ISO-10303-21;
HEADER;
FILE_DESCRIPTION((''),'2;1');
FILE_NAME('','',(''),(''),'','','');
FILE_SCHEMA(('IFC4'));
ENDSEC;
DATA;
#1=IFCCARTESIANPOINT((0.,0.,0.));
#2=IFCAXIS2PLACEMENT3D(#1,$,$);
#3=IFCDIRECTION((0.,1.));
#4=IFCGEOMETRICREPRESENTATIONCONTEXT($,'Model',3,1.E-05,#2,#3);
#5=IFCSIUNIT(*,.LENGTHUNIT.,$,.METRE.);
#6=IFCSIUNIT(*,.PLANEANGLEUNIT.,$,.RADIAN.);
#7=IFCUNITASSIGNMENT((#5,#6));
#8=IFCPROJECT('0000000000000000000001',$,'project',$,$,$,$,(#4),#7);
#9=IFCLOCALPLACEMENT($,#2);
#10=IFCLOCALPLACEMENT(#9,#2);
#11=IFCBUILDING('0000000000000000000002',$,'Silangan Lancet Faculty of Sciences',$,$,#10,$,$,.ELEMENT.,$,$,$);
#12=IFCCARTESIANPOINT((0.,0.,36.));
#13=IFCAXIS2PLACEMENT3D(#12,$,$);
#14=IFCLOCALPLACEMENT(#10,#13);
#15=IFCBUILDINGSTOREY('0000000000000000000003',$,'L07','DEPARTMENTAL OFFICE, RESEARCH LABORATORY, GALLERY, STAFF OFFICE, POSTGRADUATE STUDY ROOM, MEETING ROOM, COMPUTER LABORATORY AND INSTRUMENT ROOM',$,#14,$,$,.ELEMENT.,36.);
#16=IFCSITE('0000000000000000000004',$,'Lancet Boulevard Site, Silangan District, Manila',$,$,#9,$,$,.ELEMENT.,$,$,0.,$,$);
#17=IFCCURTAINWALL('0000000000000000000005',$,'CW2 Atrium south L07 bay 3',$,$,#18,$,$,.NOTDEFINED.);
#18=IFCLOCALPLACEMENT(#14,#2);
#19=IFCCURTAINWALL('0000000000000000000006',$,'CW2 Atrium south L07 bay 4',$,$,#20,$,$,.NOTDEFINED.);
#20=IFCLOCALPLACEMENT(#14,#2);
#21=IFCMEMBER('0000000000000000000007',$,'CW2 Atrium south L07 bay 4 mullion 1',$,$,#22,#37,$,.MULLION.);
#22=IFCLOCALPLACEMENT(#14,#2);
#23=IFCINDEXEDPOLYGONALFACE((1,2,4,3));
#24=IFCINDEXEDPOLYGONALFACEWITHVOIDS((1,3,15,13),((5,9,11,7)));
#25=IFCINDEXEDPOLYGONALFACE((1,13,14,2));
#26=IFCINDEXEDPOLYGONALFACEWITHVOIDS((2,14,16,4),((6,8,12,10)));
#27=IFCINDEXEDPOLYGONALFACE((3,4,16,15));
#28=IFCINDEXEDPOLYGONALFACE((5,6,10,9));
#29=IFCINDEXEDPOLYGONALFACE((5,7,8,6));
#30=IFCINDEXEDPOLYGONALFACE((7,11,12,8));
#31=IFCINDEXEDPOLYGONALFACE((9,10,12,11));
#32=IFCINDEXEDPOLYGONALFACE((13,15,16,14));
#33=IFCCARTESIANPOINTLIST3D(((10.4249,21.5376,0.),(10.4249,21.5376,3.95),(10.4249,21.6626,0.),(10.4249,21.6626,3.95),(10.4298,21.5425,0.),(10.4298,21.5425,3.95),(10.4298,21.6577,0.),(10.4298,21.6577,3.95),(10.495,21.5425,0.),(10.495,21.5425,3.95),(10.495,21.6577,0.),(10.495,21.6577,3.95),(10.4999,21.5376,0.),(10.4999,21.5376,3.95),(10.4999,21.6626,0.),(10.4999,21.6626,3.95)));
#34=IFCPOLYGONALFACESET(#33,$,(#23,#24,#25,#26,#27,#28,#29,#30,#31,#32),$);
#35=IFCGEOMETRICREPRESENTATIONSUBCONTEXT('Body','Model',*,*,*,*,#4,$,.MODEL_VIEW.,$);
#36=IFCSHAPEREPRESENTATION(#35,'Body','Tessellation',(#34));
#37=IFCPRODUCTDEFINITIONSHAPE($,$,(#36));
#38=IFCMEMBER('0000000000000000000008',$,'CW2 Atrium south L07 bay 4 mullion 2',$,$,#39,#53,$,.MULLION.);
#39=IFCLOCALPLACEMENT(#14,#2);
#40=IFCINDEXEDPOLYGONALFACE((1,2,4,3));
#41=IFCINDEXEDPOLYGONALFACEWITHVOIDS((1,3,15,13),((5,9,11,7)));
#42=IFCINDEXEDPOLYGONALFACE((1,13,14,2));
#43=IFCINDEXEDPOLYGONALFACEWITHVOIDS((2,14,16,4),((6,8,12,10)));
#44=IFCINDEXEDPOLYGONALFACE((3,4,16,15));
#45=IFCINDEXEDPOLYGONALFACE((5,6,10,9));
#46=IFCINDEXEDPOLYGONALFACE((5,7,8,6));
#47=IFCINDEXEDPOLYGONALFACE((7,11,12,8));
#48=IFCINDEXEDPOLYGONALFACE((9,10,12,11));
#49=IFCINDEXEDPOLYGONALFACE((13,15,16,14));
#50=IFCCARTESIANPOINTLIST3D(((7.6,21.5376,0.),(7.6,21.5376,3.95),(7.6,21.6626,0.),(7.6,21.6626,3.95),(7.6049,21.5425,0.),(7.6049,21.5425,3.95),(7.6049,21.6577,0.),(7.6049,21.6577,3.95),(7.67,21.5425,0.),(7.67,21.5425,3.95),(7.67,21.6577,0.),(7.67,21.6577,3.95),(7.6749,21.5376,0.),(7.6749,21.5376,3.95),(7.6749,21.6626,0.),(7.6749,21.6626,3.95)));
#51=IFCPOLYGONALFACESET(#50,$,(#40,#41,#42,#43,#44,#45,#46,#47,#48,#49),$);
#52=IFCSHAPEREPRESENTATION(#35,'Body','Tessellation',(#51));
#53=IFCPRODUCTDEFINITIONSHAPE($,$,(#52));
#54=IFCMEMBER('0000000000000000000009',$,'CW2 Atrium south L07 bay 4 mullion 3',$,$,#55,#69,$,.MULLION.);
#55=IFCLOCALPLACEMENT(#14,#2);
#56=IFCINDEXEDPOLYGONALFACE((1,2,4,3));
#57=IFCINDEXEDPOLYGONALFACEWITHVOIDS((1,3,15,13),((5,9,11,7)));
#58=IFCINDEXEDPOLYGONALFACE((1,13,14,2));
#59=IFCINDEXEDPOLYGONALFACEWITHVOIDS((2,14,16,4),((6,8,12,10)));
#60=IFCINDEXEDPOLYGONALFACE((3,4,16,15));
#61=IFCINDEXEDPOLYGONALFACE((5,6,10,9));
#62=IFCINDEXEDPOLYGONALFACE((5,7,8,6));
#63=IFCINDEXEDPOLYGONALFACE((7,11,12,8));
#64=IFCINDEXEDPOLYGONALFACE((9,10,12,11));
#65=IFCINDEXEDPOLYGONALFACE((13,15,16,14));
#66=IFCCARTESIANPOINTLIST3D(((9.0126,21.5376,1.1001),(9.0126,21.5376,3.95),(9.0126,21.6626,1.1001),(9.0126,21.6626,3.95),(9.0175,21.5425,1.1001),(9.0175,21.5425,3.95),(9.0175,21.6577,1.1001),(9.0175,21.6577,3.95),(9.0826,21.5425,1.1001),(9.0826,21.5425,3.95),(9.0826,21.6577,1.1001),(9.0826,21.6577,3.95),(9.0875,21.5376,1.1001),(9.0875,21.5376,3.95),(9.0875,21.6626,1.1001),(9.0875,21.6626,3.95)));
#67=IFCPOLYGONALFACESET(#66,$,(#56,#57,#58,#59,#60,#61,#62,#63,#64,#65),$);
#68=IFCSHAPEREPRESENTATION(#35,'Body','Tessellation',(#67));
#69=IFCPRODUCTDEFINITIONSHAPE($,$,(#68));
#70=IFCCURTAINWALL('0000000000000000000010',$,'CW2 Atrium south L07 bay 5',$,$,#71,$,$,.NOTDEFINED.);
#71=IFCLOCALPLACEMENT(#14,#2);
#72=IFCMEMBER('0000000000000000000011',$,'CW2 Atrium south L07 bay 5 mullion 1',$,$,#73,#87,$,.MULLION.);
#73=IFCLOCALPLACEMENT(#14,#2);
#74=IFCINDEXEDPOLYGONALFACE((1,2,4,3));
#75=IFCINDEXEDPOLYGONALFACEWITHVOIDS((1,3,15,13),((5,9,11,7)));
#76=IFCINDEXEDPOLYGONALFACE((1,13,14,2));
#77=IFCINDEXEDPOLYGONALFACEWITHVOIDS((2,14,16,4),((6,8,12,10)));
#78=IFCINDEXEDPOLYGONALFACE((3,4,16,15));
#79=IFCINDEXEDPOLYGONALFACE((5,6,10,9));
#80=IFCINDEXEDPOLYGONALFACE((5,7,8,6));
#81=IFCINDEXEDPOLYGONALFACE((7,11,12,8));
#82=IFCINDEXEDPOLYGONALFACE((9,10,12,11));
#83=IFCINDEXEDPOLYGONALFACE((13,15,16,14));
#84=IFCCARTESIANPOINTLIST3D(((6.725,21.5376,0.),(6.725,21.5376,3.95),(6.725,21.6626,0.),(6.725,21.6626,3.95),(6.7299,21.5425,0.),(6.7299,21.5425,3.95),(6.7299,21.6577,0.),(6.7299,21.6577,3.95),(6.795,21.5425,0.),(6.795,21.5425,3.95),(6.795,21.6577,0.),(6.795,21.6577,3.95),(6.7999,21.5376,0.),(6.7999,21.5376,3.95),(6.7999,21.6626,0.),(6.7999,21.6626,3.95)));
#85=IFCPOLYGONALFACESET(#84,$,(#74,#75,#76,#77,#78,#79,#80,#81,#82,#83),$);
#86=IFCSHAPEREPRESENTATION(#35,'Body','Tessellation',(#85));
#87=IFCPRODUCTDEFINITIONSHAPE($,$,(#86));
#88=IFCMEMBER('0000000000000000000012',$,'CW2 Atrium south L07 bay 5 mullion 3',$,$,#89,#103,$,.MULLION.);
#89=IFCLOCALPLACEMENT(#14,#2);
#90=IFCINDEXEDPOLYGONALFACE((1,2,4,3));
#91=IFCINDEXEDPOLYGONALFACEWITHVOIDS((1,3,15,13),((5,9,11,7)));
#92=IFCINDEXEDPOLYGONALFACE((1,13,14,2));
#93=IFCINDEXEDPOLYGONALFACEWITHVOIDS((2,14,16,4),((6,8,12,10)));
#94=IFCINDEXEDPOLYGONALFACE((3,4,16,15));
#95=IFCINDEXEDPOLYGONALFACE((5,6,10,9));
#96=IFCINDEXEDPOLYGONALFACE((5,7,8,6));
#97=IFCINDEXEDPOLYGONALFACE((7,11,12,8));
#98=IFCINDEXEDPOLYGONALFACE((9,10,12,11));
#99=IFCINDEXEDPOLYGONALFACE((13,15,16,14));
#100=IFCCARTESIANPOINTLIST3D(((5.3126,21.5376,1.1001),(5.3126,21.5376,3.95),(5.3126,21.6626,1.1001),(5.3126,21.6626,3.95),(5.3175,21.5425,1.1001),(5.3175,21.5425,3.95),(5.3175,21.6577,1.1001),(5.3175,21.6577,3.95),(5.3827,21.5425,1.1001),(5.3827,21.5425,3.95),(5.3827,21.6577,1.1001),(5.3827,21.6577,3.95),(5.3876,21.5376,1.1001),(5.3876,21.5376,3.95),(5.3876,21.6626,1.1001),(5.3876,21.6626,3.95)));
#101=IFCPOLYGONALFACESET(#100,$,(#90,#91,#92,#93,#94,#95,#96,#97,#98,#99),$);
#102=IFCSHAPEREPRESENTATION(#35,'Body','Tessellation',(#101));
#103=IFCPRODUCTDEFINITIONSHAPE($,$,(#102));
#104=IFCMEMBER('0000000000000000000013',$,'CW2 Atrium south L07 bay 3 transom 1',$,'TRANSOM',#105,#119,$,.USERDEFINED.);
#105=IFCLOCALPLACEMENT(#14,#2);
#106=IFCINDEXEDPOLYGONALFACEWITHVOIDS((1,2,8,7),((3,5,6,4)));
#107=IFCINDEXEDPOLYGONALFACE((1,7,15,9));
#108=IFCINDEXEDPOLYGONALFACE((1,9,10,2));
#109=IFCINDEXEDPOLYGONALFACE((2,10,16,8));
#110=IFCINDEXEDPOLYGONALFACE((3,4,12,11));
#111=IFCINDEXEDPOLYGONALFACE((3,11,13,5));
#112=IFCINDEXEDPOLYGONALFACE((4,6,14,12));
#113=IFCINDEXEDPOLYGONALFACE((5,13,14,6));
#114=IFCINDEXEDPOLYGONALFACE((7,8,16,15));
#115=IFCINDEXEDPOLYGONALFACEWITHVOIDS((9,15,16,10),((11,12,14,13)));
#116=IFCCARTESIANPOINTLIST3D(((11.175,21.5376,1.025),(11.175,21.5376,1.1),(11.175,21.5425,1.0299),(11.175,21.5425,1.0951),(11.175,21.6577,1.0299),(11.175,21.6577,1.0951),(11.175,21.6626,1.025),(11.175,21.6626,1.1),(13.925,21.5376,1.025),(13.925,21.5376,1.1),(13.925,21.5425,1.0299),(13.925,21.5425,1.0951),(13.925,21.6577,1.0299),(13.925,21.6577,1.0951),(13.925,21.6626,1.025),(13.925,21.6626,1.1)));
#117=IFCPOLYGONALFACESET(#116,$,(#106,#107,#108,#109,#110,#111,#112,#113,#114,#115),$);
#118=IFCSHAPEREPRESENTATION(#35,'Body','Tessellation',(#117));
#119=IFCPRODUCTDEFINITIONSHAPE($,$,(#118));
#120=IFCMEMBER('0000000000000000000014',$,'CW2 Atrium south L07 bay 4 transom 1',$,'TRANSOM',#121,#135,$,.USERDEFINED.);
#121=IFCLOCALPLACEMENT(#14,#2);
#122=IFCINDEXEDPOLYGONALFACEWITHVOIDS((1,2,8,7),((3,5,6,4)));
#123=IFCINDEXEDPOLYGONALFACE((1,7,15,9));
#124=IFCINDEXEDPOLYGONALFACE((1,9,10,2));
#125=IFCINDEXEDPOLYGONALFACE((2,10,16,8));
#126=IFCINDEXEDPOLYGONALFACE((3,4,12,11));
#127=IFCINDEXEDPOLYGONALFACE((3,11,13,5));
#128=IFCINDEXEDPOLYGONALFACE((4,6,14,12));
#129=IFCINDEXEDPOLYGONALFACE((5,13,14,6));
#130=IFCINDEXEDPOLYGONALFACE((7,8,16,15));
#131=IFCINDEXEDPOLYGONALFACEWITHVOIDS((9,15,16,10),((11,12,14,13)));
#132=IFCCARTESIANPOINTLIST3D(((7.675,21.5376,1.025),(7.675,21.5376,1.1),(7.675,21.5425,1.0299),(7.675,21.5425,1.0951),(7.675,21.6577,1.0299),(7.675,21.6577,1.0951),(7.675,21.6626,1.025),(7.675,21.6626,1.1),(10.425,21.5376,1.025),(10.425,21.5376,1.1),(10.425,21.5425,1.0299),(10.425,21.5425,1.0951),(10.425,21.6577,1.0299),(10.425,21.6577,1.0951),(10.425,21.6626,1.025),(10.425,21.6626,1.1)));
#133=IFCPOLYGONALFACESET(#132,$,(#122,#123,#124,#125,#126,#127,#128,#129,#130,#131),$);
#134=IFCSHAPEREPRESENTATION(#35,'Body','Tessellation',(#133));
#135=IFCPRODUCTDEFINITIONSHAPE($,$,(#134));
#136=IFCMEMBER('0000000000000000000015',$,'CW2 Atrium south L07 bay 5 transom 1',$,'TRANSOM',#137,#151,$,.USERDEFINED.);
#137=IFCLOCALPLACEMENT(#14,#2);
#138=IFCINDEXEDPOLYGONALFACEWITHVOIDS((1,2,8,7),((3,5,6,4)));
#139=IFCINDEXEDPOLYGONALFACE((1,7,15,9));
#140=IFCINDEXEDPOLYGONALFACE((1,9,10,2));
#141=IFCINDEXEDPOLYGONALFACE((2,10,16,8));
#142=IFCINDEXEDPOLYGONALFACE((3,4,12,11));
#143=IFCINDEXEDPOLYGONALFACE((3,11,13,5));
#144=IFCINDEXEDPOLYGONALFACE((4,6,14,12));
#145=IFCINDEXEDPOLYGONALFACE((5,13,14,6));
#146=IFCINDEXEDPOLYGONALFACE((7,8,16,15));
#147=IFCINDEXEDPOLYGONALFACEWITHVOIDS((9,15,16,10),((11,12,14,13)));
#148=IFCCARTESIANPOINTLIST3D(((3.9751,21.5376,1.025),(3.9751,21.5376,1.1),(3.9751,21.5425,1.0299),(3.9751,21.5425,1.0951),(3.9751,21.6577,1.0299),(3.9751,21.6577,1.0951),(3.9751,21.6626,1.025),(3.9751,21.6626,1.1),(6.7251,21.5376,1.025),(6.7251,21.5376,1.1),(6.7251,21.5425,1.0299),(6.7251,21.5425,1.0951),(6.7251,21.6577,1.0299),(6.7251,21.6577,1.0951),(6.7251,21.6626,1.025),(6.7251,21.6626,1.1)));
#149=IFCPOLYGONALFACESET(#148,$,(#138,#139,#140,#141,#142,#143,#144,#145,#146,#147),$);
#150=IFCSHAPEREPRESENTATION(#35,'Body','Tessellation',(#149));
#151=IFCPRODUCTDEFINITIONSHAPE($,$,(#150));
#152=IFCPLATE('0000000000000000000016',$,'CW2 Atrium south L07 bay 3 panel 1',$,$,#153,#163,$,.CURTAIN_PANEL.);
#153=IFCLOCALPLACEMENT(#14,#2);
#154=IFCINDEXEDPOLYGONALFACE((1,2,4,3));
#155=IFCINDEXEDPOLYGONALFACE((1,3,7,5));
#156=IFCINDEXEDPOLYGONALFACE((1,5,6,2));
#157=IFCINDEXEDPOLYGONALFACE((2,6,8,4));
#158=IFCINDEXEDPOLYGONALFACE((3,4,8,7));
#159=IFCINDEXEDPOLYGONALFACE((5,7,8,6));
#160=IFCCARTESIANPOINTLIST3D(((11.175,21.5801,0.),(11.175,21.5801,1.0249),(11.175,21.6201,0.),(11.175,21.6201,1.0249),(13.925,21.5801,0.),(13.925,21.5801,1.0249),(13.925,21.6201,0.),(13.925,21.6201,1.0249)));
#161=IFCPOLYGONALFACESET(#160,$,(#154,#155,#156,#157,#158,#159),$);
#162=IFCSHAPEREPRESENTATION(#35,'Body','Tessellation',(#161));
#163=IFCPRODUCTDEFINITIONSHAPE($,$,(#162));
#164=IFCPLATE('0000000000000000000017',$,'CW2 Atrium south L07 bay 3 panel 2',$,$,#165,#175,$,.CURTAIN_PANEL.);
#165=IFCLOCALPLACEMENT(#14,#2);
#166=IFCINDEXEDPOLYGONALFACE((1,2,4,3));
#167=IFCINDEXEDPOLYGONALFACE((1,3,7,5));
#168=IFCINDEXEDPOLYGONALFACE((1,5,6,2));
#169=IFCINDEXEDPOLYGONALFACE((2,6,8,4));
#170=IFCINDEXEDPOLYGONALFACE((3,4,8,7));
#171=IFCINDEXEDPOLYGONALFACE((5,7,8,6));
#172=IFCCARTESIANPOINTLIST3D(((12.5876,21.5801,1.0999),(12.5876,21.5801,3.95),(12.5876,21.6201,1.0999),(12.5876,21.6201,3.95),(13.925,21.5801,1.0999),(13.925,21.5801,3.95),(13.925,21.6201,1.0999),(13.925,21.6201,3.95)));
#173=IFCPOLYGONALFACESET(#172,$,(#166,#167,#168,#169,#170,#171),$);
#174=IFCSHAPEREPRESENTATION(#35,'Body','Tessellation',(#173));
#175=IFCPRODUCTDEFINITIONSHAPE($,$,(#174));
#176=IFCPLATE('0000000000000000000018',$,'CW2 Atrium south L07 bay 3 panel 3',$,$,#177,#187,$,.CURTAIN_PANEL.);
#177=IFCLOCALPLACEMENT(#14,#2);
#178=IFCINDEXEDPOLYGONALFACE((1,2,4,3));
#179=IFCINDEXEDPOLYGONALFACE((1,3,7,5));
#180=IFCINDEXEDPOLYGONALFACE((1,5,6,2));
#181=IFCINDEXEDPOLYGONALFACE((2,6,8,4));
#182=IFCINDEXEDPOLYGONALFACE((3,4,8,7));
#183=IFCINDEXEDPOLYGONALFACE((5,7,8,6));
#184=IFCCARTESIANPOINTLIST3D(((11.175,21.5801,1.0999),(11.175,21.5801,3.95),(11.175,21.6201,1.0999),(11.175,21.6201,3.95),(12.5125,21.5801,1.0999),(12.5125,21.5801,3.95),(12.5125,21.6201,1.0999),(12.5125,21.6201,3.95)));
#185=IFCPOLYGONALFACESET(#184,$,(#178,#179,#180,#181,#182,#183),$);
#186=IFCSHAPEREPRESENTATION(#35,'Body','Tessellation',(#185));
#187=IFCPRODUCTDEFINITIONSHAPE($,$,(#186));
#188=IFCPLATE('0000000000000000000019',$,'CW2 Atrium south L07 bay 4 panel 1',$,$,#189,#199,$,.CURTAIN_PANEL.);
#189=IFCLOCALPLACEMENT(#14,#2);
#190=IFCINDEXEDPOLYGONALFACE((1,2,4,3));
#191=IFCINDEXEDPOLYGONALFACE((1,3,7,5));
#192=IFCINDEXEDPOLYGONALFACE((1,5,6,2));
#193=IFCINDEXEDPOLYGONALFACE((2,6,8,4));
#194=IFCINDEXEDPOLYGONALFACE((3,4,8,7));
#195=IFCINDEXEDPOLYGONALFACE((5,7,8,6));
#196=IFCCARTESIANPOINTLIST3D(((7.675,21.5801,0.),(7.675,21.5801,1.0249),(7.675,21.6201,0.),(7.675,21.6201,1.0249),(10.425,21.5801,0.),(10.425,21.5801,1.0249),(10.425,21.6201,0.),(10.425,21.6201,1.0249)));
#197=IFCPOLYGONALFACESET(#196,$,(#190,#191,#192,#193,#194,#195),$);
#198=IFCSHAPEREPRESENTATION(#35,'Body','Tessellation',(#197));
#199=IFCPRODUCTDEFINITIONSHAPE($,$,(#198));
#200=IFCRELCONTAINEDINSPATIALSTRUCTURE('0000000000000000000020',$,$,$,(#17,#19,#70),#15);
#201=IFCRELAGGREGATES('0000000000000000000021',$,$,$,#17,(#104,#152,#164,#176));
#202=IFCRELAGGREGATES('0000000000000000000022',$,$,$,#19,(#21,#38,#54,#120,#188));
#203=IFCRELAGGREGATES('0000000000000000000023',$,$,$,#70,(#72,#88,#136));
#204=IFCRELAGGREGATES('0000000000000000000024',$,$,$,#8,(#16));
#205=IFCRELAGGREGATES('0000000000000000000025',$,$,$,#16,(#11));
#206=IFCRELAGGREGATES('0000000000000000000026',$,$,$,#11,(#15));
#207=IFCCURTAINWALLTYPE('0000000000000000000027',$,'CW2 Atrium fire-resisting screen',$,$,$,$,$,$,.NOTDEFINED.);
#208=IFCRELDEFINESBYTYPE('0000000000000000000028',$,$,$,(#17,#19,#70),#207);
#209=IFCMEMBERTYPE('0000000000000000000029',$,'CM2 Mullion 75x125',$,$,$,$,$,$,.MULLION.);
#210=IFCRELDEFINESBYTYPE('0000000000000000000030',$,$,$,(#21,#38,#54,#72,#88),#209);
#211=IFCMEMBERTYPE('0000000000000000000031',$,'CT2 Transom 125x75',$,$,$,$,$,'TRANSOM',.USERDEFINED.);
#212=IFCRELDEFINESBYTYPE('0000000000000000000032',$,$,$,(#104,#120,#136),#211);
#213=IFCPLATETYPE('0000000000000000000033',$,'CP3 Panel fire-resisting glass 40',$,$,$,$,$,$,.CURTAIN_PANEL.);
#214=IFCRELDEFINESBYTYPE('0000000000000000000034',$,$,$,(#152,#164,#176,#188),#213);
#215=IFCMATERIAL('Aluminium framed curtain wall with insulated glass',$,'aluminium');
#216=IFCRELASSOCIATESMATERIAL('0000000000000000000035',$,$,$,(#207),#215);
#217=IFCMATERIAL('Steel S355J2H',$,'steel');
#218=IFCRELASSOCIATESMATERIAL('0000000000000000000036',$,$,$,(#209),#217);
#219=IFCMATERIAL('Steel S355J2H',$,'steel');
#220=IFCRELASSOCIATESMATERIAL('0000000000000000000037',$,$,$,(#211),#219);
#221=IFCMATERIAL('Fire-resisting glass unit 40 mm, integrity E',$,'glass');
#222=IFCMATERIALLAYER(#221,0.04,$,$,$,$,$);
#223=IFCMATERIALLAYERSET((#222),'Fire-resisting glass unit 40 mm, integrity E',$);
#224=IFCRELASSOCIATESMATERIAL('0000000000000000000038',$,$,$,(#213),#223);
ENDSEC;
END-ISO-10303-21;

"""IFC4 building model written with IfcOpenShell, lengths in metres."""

from ifc_helpers import new_model, si_unit, direction, frame, origin, origin_2d, place, context, subcontext, project, spatial, rectangle, hollow_rectangle, extrude, material, layer, layer_set, material_profile, profile_set, type_object, element, aggregate, save


model = new_model("IFC4")

# Units and contexts
model_context = context("Model", 3, precision=1e-05, world=origin(), true_north=direction((0.0, 1.0)))
body_context = subcontext(model_context, "Body", "Model", "MODEL_VIEW")
ifc_project = project(units=[si_unit("LENGTHUNIT", "METRE"), si_unit("PLANEANGLEUNIT", "RADIAN")], contexts=[model_context])

# Site, building, storey
site_placement = place(None, origin())
site = spatial("IfcSite", under=ifc_project, at=site_placement, Name="Lancet Boulevard Site, Silangan District, Manila", CompositionType="ELEMENT", RefElevation=0.0)
building_placement = place(site_placement, origin())
building = spatial("IfcBuilding", under=site, at=building_placement, Name="Silangan Lancet Faculty of Sciences", CompositionType="ELEMENT")
storey_placement = place(building_placement, frame((0.0, 0.0, 36.0)))
storey = spatial("IfcBuildingStorey", under=building, at=storey_placement, Name="L07", Description="DEPARTMENTAL OFFICE, RESEARCH LABORATORY, GALLERY, STAFF OFFICE, POSTGRADUATE STUDY ROOM, MEETING ROOM, COMPUTER LABORATORY AND INSTRUMENT ROOM", CompositionType="ELEMENT", Elevation=36.0)

# Shared definitions
ifc_material_1 = material(Name="Aluminium framed curtain wall with insulated glass", Category="aluminium")
curtain_wall_type = type_object("IfcCurtainWallType", Name="CW2 Atrium fire-resisting screen", PredefinedType="NOTDEFINED", material=ifc_material_1)
ifc_material_2 = material(Name="Steel S355J2H", Category="steel")
ifc_material_profile_1 = material_profile(ifc_material_2, hollow_rectangle(XDim=0.075, YDim=0.125, WallThickness=0.0049, at=origin_2d()), Name="ST BOX 75x125x5")
ifc_profile_set_1 = profile_set([ifc_material_profile_1], Name="Steel S355J2H")
member_type_1 = type_object("IfcMemberType", Name="CM2 Mullion 75x125", PredefinedType="MULLION", material=ifc_profile_set_1)

# Curtain walls, members
curtain_wall_1_placement = place(storey_placement, origin())
curtain_wall_1 = element("IfcCurtainWall", 1, at=curtain_wall_1_placement, inside=storey, type_object=curtain_wall_type, Name="CW2 Atrium south L07 bay 3", PredefinedType="NOTDEFINED")
curtain_wall_2_placement = place(storey_placement, origin())
curtain_wall_2 = element("IfcCurtainWall", 2, at=curtain_wall_2_placement, inside=storey, type_object=curtain_wall_type, Name="CW2 Atrium south L07 bay 4", PredefinedType="NOTDEFINED")
member_1_placement = place(storey_placement, frame((10.4624, 21.6001, 0.0), z_axis=(0.0, 0.0, 1.0), x_axis=(-1.0, 0.0, 0.0)))
member_1 = element("IfcMember", 3, at=member_1_placement, type_object=member_type_1, Name="CW2 Atrium south L07 bay 4 mullion 1", PredefinedType="MULLION", context=body_context, shape_type="SweptSolid", body=[
    extrude(hollow_rectangle(XDim=0.075, YDim=0.125, WallThickness=0.0049, at=origin_2d()), origin(), (0.0, 0.0, 1.0), 3.95),
])
member_2_placement = place(storey_placement, frame((7.6375, 21.6001, 0.0), z_axis=(0.0, 0.0, 1.0), x_axis=(-1.0, 0.0, 0.0)))
member_2 = element("IfcMember", 4, at=member_2_placement, type_object=member_type_1, Name="CW2 Atrium south L07 bay 4 mullion 2", PredefinedType="MULLION", context=body_context, shape_type="SweptSolid", body=[
    extrude(hollow_rectangle(XDim=0.075, YDim=0.125, WallThickness=0.0049, at=origin_2d()), origin(), (0.0, 0.0, 1.0), 3.95),
])
member_3_placement = place(storey_placement, frame((9.05, 21.6001, 1.1001), z_axis=(0.0, 0.0, 1.0), x_axis=(-1.0, 0.0, 0.0)))
member_3 = element("IfcMember", 5, at=member_3_placement, type_object=member_type_1, Name="CW2 Atrium south L07 bay 4 mullion 3", PredefinedType="MULLION", context=body_context, shape_type="SweptSolid", body=[
    extrude(hollow_rectangle(XDim=0.075, YDim=0.125, WallThickness=0.0049, at=origin_2d()), origin(), (0.0, 0.0, 1.0), 2.8499),
])
curtain_wall_3_placement = place(storey_placement, origin())
curtain_wall_3 = element("IfcCurtainWall", 6, at=curtain_wall_3_placement, inside=storey, type_object=curtain_wall_type, Name="CW2 Atrium south L07 bay 5", PredefinedType="NOTDEFINED")
member_4_placement = place(storey_placement, frame((6.7625, 21.6001, 0.0), z_axis=(0.0, 0.0, 1.0), x_axis=(-1.0, 0.0, 0.0)))
member_4 = element("IfcMember", 7, at=member_4_placement, type_object=member_type_1, Name="CW2 Atrium south L07 bay 5 mullion 1", PredefinedType="MULLION", context=body_context, shape_type="SweptSolid", body=[
    extrude(hollow_rectangle(XDim=0.075, YDim=0.125, WallThickness=0.0049, at=origin_2d()), origin(), (0.0, 0.0, 1.0), 3.95),
])
member_5_placement = place(storey_placement, frame((5.3501, 21.6001, 1.1001), z_axis=(0.0, 0.0, 1.0), x_axis=(-1.0, 0.0, 0.0)))
member_5 = element("IfcMember", 8, at=member_5_placement, type_object=member_type_1, Name="CW2 Atrium south L07 bay 5 mullion 3", PredefinedType="MULLION", context=body_context, shape_type="SweptSolid", body=[
    extrude(hollow_rectangle(XDim=0.075, YDim=0.125, WallThickness=0.0049, at=origin_2d()), origin(), (0.0, 0.0, 1.0), 2.8499),
])

# Members
ifc_material_3 = material(Name="Steel S355J2H", Category="steel")
ifc_material_profile_2 = material_profile(ifc_material_3, hollow_rectangle(XDim=0.125, YDim=0.075, WallThickness=0.0049, at=origin_2d()), Name="ST BOX 125x75x5")
ifc_profile_set_2 = profile_set([ifc_material_profile_2], Name="Steel S355J2H")
member_type_2 = type_object("IfcMemberType", Name="CT2 Transom 125x75", ElementType="TRANSOM", PredefinedType="USERDEFINED", material=ifc_profile_set_2)
member_6_placement = place(storey_placement, frame((13.925, 21.6001, 1.0625), z_axis=(-1.0, 0.0, 0.0), x_axis=(0.0, -1.0, 0.0)))
member_6 = element("IfcMember", 9, at=member_6_placement, type_object=member_type_2, Name="CW2 Atrium south L07 bay 3 transom 1", ObjectType="TRANSOM", PredefinedType="USERDEFINED", context=body_context, shape_type="SweptSolid", body=[
    extrude(hollow_rectangle(XDim=0.125, YDim=0.075, WallThickness=0.0049, at=origin_2d()), origin(), (0.0, 0.0, 1.0), 2.75),
])
member_7_placement = place(storey_placement, frame((10.425, 21.6001, 1.0625), z_axis=(-1.0, 0.0, 0.0), x_axis=(0.0, -1.0, 0.0)))
member_7 = element("IfcMember", 10, at=member_7_placement, type_object=member_type_2, Name="CW2 Atrium south L07 bay 4 transom 1", ObjectType="TRANSOM", PredefinedType="USERDEFINED", context=body_context, shape_type="SweptSolid", body=[
    extrude(hollow_rectangle(XDim=0.125, YDim=0.075, WallThickness=0.0049, at=origin_2d()), origin(), (0.0, 0.0, 1.0), 2.75),
])
member_8_placement = place(storey_placement, frame((6.7251, 21.6001, 1.0625), z_axis=(-1.0, 0.0, 0.0), x_axis=(0.0, -1.0, 0.0)))
member_8 = element("IfcMember", 11, at=member_8_placement, type_object=member_type_2, Name="CW2 Atrium south L07 bay 5 transom 1", ObjectType="TRANSOM", PredefinedType="USERDEFINED", context=body_context, shape_type="SweptSolid", body=[
    extrude(hollow_rectangle(XDim=0.125, YDim=0.075, WallThickness=0.0049, at=origin_2d()), origin(), (0.0, 0.0, 1.0), 2.75),
])

# Plates
ifc_material_4 = material(Name="Fire-resisting glass unit 40 mm, integrity E", Category="glass")
ifc_layer_1 = layer(ifc_material_4, 0.04)
ifc_layer_set_1 = layer_set([ifc_layer_1], Name="Fire-resisting glass unit 40 mm, integrity E")
plate_type = type_object("IfcPlateType", Name="CP3 Panel fire-resisting glass 40", PredefinedType="CURTAIN_PANEL", material=ifc_layer_set_1)
plate_1_placement = place(storey_placement, frame((12.55, 21.6001, 0.0), z_axis=(0.0, 0.0, 1.0), x_axis=(-1.0, 0.0, 0.0)))
plate_1 = element("IfcPlate", 12, at=plate_1_placement, type_object=plate_type, Name="CW2 Atrium south L07 bay 3 panel 1", PredefinedType="CURTAIN_PANEL", context=body_context, shape_type="SweptSolid", body=[
    extrude(rectangle(XDim=2.75, YDim=0.04, at=origin_2d()), origin(), (0.0, 0.0, 1.0), 1.0249),
])
plate_2_placement = place(storey_placement, frame((13.2563, 21.6001, 1.0999), z_axis=(0.0, 0.0, 1.0), x_axis=(-1.0, 0.0, 0.0)))
plate_2 = element("IfcPlate", 13, at=plate_2_placement, type_object=plate_type, Name="CW2 Atrium south L07 bay 3 panel 2", PredefinedType="CURTAIN_PANEL", context=body_context, shape_type="SweptSolid", body=[
    extrude(rectangle(XDim=1.3374, YDim=0.04, at=origin_2d()), origin(), (0.0, 0.0, 1.0), 2.8501),
])
plate_3_placement = place(storey_placement, frame((11.8438, 21.6001, 1.0999), z_axis=(0.0, 0.0, 1.0), x_axis=(-1.0, 0.0, 0.0)))
plate_3 = element("IfcPlate", 14, at=plate_3_placement, type_object=plate_type, Name="CW2 Atrium south L07 bay 3 panel 3", PredefinedType="CURTAIN_PANEL", context=body_context, shape_type="SweptSolid", body=[
    extrude(rectangle(XDim=1.3374, YDim=0.04, at=origin_2d()), origin(), (0.0, 0.0, 1.0), 2.8501),
])
aggregate(curtain_wall_1, [member_6, plate_1, plate_2, plate_3])
plate_4_placement = place(storey_placement, frame((9.05, 21.6001, 0.0), z_axis=(0.0, 0.0, 1.0), x_axis=(-1.0, 0.0, 0.0)))
plate_4 = element("IfcPlate", 15, at=plate_4_placement, type_object=plate_type, Name="CW2 Atrium south L07 bay 4 panel 1", PredefinedType="CURTAIN_PANEL", context=body_context, shape_type="SweptSolid", body=[
    extrude(rectangle(XDim=2.75, YDim=0.04, at=origin_2d()), origin(), (0.0, 0.0, 1.0), 1.0249),
])
aggregate(curtain_wall_2, [member_1, member_2, member_3, member_7, plate_4])
aggregate(curtain_wall_3, [member_4, member_5, member_8])

save(model, "model.ifc")
